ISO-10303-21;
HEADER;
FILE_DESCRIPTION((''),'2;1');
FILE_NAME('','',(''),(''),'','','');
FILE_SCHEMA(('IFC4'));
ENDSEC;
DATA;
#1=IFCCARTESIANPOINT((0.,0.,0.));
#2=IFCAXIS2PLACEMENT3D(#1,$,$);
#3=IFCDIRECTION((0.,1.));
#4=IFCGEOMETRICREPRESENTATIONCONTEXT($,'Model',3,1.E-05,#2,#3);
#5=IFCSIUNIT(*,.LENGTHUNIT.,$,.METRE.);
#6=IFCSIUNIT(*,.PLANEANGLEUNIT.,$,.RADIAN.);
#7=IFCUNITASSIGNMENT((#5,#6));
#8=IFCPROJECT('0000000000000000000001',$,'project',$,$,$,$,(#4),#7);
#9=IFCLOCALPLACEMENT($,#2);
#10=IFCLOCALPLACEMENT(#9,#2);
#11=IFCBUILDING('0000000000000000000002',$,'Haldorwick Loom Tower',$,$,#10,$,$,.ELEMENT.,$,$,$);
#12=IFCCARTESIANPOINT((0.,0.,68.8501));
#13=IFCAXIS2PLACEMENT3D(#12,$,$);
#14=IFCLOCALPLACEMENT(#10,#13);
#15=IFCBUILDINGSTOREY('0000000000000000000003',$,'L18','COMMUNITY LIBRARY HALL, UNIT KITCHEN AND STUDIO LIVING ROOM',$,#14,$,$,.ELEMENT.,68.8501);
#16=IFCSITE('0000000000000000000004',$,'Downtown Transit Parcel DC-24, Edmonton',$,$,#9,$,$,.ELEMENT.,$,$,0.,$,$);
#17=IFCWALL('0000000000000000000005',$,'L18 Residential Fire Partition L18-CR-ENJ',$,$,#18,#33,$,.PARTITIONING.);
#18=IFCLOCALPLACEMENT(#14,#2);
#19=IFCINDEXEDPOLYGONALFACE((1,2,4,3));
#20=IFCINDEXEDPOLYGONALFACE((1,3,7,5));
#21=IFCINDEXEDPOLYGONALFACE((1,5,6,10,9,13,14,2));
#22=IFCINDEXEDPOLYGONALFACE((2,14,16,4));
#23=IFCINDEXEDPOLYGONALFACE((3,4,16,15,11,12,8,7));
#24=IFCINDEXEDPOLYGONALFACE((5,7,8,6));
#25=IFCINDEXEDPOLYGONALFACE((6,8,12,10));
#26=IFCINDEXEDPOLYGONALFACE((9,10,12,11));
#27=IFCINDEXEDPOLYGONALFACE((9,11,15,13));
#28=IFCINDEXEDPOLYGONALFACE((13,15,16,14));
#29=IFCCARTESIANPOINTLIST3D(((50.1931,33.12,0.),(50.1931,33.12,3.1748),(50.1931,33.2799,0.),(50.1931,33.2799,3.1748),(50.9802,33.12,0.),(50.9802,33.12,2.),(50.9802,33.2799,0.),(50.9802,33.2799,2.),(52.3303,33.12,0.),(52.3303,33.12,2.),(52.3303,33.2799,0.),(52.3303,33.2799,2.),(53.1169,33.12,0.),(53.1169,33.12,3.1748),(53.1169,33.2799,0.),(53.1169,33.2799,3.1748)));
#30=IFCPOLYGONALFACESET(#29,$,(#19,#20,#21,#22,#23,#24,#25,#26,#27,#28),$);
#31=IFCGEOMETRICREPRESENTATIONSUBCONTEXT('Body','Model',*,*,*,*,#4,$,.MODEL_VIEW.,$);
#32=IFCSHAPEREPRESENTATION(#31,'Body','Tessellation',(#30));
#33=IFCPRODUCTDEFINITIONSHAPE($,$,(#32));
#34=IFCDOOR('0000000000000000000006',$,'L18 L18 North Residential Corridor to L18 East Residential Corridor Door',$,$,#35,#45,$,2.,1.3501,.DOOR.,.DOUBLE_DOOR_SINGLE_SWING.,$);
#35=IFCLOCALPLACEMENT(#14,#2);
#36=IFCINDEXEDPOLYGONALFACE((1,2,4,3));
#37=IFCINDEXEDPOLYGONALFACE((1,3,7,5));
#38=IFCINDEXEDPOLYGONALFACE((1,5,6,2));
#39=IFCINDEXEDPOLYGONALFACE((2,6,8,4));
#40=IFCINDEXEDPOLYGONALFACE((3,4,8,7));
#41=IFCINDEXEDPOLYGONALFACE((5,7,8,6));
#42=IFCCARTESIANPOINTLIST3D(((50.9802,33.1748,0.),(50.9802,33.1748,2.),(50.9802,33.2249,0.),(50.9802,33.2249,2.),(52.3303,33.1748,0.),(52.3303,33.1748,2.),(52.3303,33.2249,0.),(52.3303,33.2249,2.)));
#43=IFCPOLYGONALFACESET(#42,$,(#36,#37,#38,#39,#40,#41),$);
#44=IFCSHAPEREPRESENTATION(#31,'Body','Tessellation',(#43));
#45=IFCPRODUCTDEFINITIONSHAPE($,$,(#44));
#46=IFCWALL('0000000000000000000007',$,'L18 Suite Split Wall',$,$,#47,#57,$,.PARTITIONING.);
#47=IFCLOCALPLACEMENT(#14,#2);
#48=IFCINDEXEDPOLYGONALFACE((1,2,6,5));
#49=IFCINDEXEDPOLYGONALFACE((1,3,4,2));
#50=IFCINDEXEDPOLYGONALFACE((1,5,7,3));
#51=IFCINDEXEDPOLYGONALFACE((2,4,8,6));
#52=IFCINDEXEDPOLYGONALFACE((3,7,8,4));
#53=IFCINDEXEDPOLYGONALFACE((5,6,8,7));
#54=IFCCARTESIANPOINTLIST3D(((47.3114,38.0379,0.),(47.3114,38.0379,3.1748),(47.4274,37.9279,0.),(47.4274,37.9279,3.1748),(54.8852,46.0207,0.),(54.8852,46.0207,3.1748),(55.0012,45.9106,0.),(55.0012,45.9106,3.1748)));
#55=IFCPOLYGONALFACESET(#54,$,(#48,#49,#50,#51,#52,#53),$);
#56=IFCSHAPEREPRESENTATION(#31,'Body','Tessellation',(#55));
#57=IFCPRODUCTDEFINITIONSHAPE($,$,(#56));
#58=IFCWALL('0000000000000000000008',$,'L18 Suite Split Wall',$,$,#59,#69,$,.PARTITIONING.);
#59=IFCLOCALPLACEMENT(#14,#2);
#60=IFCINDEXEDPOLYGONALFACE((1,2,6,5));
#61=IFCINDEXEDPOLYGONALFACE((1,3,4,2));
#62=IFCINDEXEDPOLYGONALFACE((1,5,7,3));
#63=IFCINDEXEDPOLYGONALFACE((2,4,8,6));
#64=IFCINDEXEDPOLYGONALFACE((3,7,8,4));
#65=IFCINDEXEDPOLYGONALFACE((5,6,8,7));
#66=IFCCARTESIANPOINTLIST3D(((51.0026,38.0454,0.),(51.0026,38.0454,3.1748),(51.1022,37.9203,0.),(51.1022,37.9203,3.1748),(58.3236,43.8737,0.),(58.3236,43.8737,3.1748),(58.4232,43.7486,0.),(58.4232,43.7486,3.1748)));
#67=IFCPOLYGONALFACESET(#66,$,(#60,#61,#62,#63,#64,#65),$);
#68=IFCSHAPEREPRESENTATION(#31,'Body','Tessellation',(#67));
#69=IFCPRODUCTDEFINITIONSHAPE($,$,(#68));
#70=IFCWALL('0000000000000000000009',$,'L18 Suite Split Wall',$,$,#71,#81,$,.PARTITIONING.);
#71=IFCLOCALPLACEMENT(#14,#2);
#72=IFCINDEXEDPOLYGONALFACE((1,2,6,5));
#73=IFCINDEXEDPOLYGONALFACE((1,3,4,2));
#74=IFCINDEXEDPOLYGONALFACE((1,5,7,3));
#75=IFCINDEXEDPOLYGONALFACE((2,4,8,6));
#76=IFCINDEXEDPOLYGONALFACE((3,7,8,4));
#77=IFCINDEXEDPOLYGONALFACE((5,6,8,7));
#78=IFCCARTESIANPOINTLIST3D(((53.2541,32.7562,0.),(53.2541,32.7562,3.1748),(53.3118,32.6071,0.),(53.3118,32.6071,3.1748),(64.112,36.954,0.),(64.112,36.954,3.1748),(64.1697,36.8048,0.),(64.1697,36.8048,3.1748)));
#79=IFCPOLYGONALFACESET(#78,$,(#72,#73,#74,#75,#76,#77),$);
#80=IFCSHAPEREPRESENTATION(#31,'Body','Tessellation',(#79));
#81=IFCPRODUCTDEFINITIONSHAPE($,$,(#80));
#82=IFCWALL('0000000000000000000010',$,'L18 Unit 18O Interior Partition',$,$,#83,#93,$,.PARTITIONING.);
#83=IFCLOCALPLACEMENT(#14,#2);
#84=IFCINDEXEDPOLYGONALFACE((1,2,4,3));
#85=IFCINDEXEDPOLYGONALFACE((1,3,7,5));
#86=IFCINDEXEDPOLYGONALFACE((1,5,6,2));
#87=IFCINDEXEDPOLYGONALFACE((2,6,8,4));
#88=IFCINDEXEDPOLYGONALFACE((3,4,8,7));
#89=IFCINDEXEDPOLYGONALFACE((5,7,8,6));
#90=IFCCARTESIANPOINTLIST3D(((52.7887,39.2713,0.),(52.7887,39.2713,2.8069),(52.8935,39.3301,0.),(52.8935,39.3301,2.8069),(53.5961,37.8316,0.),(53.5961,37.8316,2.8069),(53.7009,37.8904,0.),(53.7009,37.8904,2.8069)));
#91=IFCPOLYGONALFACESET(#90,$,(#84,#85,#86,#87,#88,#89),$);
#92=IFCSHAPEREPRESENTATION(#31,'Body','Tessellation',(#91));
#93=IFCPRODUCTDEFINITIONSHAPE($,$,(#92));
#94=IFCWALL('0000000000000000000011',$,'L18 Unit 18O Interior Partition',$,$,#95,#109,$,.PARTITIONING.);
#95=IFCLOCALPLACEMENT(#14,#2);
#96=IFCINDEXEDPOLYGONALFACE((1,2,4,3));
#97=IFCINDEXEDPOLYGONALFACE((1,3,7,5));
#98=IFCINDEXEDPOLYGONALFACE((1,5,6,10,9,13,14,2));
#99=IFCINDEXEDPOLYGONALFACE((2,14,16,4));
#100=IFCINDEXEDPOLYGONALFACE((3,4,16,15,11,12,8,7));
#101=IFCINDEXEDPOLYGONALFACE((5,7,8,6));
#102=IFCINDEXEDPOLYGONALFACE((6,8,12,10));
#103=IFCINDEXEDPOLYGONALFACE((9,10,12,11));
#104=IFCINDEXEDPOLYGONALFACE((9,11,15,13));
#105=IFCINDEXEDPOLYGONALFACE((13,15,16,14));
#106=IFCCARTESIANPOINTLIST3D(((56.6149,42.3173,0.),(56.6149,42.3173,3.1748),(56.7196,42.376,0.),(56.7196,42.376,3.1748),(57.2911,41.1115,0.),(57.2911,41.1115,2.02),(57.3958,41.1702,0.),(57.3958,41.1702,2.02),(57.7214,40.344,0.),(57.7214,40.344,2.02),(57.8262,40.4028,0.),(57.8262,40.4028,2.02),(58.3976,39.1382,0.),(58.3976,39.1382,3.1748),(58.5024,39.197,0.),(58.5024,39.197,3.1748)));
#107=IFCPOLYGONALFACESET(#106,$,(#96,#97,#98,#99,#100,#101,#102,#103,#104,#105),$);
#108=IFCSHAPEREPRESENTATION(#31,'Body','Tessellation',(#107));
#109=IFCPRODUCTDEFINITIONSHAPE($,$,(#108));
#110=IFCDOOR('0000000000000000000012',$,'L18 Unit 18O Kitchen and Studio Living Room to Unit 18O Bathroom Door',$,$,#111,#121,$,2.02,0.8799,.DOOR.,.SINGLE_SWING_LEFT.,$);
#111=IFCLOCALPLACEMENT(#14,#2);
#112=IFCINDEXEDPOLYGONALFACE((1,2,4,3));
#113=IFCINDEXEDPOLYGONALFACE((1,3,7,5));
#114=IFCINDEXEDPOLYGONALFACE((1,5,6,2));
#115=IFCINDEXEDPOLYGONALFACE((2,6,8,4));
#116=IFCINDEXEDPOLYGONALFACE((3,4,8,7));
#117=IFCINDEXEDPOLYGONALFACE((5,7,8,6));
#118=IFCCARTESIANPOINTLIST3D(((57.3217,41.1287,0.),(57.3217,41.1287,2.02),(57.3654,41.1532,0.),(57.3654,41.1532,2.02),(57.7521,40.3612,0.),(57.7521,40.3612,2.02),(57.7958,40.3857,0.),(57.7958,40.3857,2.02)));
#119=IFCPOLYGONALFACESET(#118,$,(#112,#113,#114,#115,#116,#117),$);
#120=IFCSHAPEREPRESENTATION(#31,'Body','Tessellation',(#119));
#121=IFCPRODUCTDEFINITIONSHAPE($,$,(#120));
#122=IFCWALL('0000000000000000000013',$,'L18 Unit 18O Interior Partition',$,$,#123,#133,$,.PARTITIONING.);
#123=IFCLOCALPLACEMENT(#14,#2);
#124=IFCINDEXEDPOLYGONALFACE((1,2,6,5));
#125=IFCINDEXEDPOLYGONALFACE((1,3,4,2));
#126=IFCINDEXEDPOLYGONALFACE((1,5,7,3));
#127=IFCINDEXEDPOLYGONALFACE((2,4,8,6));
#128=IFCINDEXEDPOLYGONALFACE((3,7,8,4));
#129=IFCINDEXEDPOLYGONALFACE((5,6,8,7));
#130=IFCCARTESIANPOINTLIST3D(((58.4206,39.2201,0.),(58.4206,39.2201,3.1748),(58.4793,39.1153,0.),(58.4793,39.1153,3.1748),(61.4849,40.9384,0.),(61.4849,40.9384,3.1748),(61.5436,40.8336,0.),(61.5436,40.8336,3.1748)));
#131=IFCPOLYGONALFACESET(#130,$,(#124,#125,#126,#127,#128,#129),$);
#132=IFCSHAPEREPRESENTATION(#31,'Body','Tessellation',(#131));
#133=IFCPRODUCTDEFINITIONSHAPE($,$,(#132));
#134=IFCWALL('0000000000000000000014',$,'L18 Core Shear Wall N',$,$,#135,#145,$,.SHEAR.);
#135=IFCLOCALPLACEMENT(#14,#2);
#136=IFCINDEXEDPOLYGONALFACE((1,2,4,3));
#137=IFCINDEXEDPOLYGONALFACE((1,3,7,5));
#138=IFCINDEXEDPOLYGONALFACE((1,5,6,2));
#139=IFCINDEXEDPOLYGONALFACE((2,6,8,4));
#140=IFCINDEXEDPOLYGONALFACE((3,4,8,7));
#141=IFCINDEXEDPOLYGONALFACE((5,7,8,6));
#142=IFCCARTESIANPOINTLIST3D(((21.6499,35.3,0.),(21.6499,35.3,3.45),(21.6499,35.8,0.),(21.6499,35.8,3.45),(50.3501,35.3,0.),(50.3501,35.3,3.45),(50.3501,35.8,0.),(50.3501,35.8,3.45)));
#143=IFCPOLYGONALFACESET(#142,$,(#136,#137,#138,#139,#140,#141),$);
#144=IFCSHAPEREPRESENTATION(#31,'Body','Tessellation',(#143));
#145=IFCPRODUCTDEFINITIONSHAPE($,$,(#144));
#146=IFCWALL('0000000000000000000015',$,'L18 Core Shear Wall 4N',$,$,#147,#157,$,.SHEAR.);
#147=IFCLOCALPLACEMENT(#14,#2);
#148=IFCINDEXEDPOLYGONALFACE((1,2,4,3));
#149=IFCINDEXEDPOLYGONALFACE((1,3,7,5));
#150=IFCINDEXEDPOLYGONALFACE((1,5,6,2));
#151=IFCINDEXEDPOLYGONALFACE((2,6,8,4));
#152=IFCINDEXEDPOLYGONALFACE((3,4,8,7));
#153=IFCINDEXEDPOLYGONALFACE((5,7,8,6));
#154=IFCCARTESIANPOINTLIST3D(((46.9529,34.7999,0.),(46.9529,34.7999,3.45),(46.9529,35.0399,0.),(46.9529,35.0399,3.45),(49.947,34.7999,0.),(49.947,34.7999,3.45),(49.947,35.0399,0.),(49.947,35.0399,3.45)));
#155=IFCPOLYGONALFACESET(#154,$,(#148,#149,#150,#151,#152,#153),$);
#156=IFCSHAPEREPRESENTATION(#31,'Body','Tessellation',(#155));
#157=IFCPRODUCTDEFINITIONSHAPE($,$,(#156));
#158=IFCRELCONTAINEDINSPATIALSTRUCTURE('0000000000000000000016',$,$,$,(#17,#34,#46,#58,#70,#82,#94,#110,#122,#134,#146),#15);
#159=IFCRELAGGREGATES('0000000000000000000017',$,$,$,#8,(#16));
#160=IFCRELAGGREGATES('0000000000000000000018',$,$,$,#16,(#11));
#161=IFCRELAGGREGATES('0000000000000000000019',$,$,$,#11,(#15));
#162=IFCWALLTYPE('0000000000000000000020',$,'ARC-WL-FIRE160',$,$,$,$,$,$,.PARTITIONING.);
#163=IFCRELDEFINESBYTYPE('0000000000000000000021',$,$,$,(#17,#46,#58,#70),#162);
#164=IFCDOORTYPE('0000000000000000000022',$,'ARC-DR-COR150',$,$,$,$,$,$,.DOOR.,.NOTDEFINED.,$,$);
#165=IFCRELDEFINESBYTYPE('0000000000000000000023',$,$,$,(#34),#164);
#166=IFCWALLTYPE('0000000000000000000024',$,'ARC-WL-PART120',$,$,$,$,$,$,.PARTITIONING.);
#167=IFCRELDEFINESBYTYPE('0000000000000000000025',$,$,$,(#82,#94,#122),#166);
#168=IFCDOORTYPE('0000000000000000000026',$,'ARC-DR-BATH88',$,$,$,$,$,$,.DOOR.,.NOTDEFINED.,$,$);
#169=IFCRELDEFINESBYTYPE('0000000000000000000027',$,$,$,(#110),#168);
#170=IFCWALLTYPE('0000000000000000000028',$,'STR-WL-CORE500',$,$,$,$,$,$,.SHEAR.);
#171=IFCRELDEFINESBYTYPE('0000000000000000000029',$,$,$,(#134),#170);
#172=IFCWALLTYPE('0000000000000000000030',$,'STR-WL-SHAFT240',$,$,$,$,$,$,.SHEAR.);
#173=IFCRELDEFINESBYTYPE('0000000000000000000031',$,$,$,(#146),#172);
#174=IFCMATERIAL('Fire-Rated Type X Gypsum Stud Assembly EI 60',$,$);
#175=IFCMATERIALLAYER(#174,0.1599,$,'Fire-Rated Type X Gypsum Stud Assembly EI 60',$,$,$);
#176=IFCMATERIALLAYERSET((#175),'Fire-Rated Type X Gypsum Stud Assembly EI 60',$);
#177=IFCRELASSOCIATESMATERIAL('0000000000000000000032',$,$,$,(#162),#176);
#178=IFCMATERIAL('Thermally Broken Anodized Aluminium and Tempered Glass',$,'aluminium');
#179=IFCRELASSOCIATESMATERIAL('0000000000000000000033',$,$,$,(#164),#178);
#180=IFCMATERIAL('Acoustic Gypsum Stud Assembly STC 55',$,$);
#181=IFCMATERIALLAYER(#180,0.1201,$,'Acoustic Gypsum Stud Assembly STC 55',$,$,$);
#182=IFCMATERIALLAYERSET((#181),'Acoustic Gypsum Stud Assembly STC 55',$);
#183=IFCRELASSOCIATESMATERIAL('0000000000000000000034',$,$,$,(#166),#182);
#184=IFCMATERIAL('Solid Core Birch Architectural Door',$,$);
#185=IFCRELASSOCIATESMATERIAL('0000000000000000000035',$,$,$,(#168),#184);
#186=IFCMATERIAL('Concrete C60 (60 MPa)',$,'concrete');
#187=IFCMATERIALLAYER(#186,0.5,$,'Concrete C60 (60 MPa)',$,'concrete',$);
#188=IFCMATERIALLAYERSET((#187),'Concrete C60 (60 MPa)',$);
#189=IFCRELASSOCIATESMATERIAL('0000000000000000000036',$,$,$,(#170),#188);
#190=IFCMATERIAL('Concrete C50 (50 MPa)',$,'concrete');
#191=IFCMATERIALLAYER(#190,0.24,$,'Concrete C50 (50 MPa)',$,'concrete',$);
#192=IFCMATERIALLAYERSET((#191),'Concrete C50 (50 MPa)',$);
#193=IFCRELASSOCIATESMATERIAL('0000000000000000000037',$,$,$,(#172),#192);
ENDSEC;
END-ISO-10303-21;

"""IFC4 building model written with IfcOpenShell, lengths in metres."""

from ifc_helpers import new_model, si_unit, direction, frame, frame_2d, origin, place, context, subcontext, project, spatial, rectangle, extrude, material, layer, layer_set, type_object, element, fill, save


model = new_model("IFC4")

# Units and contexts
model_context = context("Model", 3, precision=1e-05, world=origin(), true_north=direction((0.0, 1.0)))
body_context = subcontext(model_context, "Body", "Model", "MODEL_VIEW")
ifc_project = project(units=[si_unit("LENGTHUNIT", "METRE"), si_unit("PLANEANGLEUNIT", "RADIAN")], contexts=[model_context])

# Site, building, storey
site_placement = place(None, origin())
site = spatial("IfcSite", under=ifc_project, at=site_placement, Name="Downtown Transit Parcel DC-24, Edmonton", CompositionType="ELEMENT", RefElevation=0.0)
building_placement = place(site_placement, origin())
building = spatial("IfcBuilding", under=site, at=building_placement, Name="Haldorwick Loom Tower", CompositionType="ELEMENT")
storey_placement = place(building_placement, frame((0.0, 0.0, 68.8501)))
storey = spatial("IfcBuildingStorey", under=building, at=storey_placement, Name="L18", Description="COMMUNITY LIBRARY HALL, UNIT KITCHEN AND STUDIO LIVING ROOM", CompositionType="ELEMENT", Elevation=68.8501)

# Shared definitions
ifc_material_1 = material(Name="Concrete C60 (60 MPa)", Category="concrete")

# Wall, opening, door
ifc_material_2 = material(Name="Fire-Rated Type X Gypsum Stud Assembly EI 60")
ifc_layer_1 = layer(ifc_material_2, 0.1599, Name="Fire-Rated Type X Gypsum Stud Assembly EI 60")
ifc_layer_set_1 = layer_set([ifc_layer_1], Name="Fire-Rated Type X Gypsum Stud Assembly EI 60")
wall_type_1 = type_object("IfcWallType", Name="ARC-WL-FIRE160", PredefinedType="PARTITIONING", material=ifc_layer_set_1)
wall_1_placement = place(storey_placement, frame((50.1931, 33.2, 0.0), z_axis=(0.0, 0.0, 1.0), x_axis=(1.0, 0.0, 0.0)))
wall_1 = element("IfcWall", 1, at=wall_1_placement, inside=storey, type_object=wall_type_1, Name="L18 Residential Fire Partition L18-CR-ENJ", PredefinedType="PARTITIONING", context=body_context, shape_type="SweptSolid", body=[
    extrude(rectangle(XDim=2.9238, YDim=0.1599, at=frame_2d((1.4619, 0.0))), origin(), (0.0, 0.0, 1.0), 3.1748),
])
opening_1_placement = place(wall_1_placement, frame((0.7871, 0.0, 0.0)))
opening_1 = element("IfcOpeningElement", 2, at=opening_1_placement, cuts=wall_1, PredefinedType="OPENING", context=body_context, shape_type="SweptSolid", body=[
    extrude(rectangle(XDim=1.3501, YDim=2.0, at=frame_2d((0.675, 1.0))), frame((0.0, 0.0898, 0.0), z_axis=(0.0, -1.0, 0.0), x_axis=(1.0, 0.0, 0.0)), (0.0, 0.0, 1.0), 0.1799),
])
ifc_material_3 = material(Name="Thermally Broken Anodized Aluminium and Tempered Glass", Category="aluminium")
door_type_1 = type_object("IfcDoorType", Name="ARC-DR-COR150", OperationType="NOTDEFINED", PredefinedType="DOOR", material=ifc_material_3)
door_1_placement = place(opening_1_placement, origin())
door_1 = element("IfcDoor", 3, at=door_1_placement, inside=storey, type_object=door_type_1, Name="L18 L18 North Residential Corridor to L18 East Residential Corridor Door", OperationType="DOUBLE_DOOR_SINGLE_SWING", OverallHeight=2.0, OverallWidth=1.3501, PredefinedType="DOOR", context=body_context, shape_type="SweptSolid", body=[
    extrude(rectangle(XDim=1.3501, YDim=2.0, at=frame_2d((0.675, 1.0))), frame((0.0, 0.0249, 0.0), z_axis=(0.0, -1.0, 0.0), x_axis=(1.0, 0.0, 0.0)), (0.0, 0.0, 1.0), 0.05),
])
fill(opening_1, door_1)

# Walls
wall_2_placement = place(storey_placement, frame((47.3694, 37.9829, 0.0), z_axis=(0.0, 0.0, 1.0), x_axis=(0.688281, 0.725444, 0.0)))
element("IfcWall", 4, at=wall_2_placement, inside=storey, type_object=wall_type_1, Name="L18 Suite Split Wall", PredefinedType="PARTITIONING", context=body_context, shape_type="SweptSolid", body=[
    extrude(rectangle(XDim=11.0039, YDim=0.1599, at=frame_2d((5.502, 0.0))), origin(), (0.0, 0.0, 1.0), 3.1748),
])
wall_3_placement = place(storey_placement, frame((51.0525, 37.9829, 0.0), z_axis=(0.0, 0.0, 1.0), x_axis=(0.782351, 0.622838, 0.0)))
element("IfcWall", 5, at=wall_3_placement, inside=storey, type_object=wall_type_1, Name="L18 Suite Split Wall", PredefinedType="PARTITIONING", context=body_context, shape_type="SweptSolid", body=[
    extrude(rectangle(XDim=9.3577, YDim=0.1599, at=frame_2d((4.6787, 0.0))), origin(), (0.0, 0.0, 1.0), 3.1748),
])
wall_4_placement = place(storey_placement, frame((53.283, 32.6816, 0.0), z_axis=(0.0, 0.0, 1.0), x_axis=(0.932722, 0.360598, 0.0)))
element("IfcWall", 6, at=wall_4_placement, inside=storey, type_object=wall_type_1, Name="L18 Suite Split Wall", PredefinedType="PARTITIONING", context=body_context, shape_type="SweptSolid", body=[
    extrude(rectangle(XDim=11.6411, YDim=0.1599, at=frame_2d((5.8206, 0.0))), origin(), (0.0, 0.0, 1.0), 3.1748),
])
ifc_material_4 = material(Name="Acoustic Gypsum Stud Assembly STC 55")
ifc_layer_2 = layer(ifc_material_4, 0.1201, Name="Acoustic Gypsum Stud Assembly STC 55")
ifc_layer_set_2 = layer_set([ifc_layer_2], Name="Acoustic Gypsum Stud Assembly STC 55")
wall_type_2 = type_object("IfcWallType", Name="ARC-WL-PART120", PredefinedType="PARTITIONING", material=ifc_layer_set_2)
wall_5_placement = place(storey_placement, frame((53.6484, 37.8611, 0.0), z_axis=(0.0, 0.0, 1.0), x_axis=(-0.48913, 0.872211, 0.0)))
element("IfcWall", 7, at=wall_5_placement, inside=storey, type_object=wall_type_2, Name="L18 Unit 18O Interior Partition", PredefinedType="PARTITIONING", context=body_context, shape_type="SweptSolid", body=[
    extrude(rectangle(XDim=1.6506, YDim=0.1201, at=frame_2d((0.8252, 0.0))), origin(), (0.0, 0.0, 1.0), 2.8069),
])

# Wall, opening, door
wall_6_placement = place(storey_placement, frame((58.45, 39.1677, 0.0), z_axis=(0.0, 0.0, 1.0), x_axis=(-0.489125, 0.872213, 0.0)))
wall_6 = element("IfcWall", 8, at=wall_6_placement, inside=storey, type_object=wall_type_2, Name="L18 Unit 18O Interior Partition", PredefinedType="PARTITIONING", context=body_context, shape_type="SweptSolid", body=[
    extrude(rectangle(XDim=3.6448, YDim=0.1201, at=frame_2d((1.8223, 0.0))), origin(), (0.0, 0.0, 1.0), 3.1748),
])
opening_2_placement = place(wall_6_placement, frame((1.3823, 0.0, 0.0)))
opening_2 = element("IfcOpeningElement", 9, at=opening_2_placement, cuts=wall_6, PredefinedType="OPENING", context=body_context, shape_type="SweptSolid", body=[
    extrude(rectangle(XDim=0.8799, YDim=2.02, at=frame_2d((0.4399, 1.01))), frame((0.0, 0.0701, 0.0), z_axis=(0.0, -1.0, 0.0), x_axis=(1.0, 0.0, 0.0)), (0.0, 0.0, 1.0), 0.1401),
])
ifc_material_5 = material(Name="Solid Core Birch Architectural Door")
door_type_2 = type_object("IfcDoorType", Name="ARC-DR-BATH88", OperationType="NOTDEFINED", PredefinedType="DOOR", material=ifc_material_5)
door_2_placement = place(opening_2_placement, origin())
door_2 = element("IfcDoor", 10, at=door_2_placement, inside=storey, type_object=door_type_2, Name="L18 Unit 18O Kitchen and Studio Living Room to Unit 18O Bathroom Door", OperationType="SINGLE_SWING_LEFT", OverallHeight=2.02, OverallWidth=0.8799, PredefinedType="DOOR", context=body_context, shape_type="SweptSolid", body=[
    extrude(rectangle(XDim=0.8799, YDim=2.02, at=frame_2d((0.4399, 1.01))), frame((0.0, 0.0249, 0.0), z_axis=(0.0, -1.0, 0.0), x_axis=(1.0, 0.0, 0.0)), (0.0, 0.0, 1.0), 0.05),
])
fill(opening_2, door_2)

# Walls
wall_7_placement = place(storey_placement, frame((58.45, 39.1677, 0.0), z_axis=(0.0, 0.0, 1.0), x_axis=(0.872226, 0.489103, 0.0)))
element("IfcWall", 11, at=wall_7_placement, inside=storey, type_object=wall_type_2, Name="L18 Unit 18O Interior Partition", PredefinedType="PARTITIONING", context=body_context, shape_type="SweptSolid", body=[
    extrude(rectangle(XDim=3.5132, YDim=0.1201, at=frame_2d((1.7566, 0.0))), origin(), (0.0, 0.0, 1.0), 3.1748),
])
ifc_layer_3 = layer(ifc_material_1, 0.5, Name="Concrete C60 (60 MPa)", Category="concrete")
ifc_layer_set_3 = layer_set([ifc_layer_3], Name="Concrete C60 (60 MPa)")
wall_type_3 = type_object("IfcWallType", Name="STR-WL-CORE500", PredefinedType="SHEAR", material=ifc_layer_set_3)
wall_8_placement = place(storey_placement, frame((50.3501, 35.55, 0.0), z_axis=(0.0, 0.0, 1.0), x_axis=(-1.0, 0.0, 0.0)))
element("IfcWall", 12, at=wall_8_placement, inside=storey, type_object=wall_type_3, Name="L18 Core Shear Wall N", PredefinedType="SHEAR", context=body_context, shape_type="SweptSolid", body=[
    extrude(rectangle(XDim=28.7002, YDim=0.5, at=frame_2d((14.3501, 0.0))), origin(), (0.0, 0.0, 1.0), 3.45),
])
ifc_material_6 = material(Name="Concrete C50 (50 MPa)", Category="concrete")
ifc_layer_4 = layer(ifc_material_6, 0.24, Name="Concrete C50 (50 MPa)", Category="concrete")
ifc_layer_set_4 = layer_set([ifc_layer_4], Name="Concrete C50 (50 MPa)")
wall_type_4 = type_object("IfcWallType", Name="STR-WL-SHAFT240", PredefinedType="SHEAR", material=ifc_layer_set_4)
wall_9_placement = place(storey_placement, frame((46.9529, 34.9199, 0.0), z_axis=(0.0, 0.0, 1.0), x_axis=(1.0, 0.0, 0.0)))
element("IfcWall", 13, at=wall_9_placement, inside=storey, type_object=wall_type_4, Name="L18 Core Shear Wall 4N", PredefinedType="SHEAR", context=body_context, shape_type="SweptSolid", body=[
    extrude(rectangle(XDim=2.9941, YDim=0.24, at=frame_2d((1.4971, 0.0))), origin(), (0.0, 0.0, 1.0), 3.45),
])

save(model, "model.ifc")
